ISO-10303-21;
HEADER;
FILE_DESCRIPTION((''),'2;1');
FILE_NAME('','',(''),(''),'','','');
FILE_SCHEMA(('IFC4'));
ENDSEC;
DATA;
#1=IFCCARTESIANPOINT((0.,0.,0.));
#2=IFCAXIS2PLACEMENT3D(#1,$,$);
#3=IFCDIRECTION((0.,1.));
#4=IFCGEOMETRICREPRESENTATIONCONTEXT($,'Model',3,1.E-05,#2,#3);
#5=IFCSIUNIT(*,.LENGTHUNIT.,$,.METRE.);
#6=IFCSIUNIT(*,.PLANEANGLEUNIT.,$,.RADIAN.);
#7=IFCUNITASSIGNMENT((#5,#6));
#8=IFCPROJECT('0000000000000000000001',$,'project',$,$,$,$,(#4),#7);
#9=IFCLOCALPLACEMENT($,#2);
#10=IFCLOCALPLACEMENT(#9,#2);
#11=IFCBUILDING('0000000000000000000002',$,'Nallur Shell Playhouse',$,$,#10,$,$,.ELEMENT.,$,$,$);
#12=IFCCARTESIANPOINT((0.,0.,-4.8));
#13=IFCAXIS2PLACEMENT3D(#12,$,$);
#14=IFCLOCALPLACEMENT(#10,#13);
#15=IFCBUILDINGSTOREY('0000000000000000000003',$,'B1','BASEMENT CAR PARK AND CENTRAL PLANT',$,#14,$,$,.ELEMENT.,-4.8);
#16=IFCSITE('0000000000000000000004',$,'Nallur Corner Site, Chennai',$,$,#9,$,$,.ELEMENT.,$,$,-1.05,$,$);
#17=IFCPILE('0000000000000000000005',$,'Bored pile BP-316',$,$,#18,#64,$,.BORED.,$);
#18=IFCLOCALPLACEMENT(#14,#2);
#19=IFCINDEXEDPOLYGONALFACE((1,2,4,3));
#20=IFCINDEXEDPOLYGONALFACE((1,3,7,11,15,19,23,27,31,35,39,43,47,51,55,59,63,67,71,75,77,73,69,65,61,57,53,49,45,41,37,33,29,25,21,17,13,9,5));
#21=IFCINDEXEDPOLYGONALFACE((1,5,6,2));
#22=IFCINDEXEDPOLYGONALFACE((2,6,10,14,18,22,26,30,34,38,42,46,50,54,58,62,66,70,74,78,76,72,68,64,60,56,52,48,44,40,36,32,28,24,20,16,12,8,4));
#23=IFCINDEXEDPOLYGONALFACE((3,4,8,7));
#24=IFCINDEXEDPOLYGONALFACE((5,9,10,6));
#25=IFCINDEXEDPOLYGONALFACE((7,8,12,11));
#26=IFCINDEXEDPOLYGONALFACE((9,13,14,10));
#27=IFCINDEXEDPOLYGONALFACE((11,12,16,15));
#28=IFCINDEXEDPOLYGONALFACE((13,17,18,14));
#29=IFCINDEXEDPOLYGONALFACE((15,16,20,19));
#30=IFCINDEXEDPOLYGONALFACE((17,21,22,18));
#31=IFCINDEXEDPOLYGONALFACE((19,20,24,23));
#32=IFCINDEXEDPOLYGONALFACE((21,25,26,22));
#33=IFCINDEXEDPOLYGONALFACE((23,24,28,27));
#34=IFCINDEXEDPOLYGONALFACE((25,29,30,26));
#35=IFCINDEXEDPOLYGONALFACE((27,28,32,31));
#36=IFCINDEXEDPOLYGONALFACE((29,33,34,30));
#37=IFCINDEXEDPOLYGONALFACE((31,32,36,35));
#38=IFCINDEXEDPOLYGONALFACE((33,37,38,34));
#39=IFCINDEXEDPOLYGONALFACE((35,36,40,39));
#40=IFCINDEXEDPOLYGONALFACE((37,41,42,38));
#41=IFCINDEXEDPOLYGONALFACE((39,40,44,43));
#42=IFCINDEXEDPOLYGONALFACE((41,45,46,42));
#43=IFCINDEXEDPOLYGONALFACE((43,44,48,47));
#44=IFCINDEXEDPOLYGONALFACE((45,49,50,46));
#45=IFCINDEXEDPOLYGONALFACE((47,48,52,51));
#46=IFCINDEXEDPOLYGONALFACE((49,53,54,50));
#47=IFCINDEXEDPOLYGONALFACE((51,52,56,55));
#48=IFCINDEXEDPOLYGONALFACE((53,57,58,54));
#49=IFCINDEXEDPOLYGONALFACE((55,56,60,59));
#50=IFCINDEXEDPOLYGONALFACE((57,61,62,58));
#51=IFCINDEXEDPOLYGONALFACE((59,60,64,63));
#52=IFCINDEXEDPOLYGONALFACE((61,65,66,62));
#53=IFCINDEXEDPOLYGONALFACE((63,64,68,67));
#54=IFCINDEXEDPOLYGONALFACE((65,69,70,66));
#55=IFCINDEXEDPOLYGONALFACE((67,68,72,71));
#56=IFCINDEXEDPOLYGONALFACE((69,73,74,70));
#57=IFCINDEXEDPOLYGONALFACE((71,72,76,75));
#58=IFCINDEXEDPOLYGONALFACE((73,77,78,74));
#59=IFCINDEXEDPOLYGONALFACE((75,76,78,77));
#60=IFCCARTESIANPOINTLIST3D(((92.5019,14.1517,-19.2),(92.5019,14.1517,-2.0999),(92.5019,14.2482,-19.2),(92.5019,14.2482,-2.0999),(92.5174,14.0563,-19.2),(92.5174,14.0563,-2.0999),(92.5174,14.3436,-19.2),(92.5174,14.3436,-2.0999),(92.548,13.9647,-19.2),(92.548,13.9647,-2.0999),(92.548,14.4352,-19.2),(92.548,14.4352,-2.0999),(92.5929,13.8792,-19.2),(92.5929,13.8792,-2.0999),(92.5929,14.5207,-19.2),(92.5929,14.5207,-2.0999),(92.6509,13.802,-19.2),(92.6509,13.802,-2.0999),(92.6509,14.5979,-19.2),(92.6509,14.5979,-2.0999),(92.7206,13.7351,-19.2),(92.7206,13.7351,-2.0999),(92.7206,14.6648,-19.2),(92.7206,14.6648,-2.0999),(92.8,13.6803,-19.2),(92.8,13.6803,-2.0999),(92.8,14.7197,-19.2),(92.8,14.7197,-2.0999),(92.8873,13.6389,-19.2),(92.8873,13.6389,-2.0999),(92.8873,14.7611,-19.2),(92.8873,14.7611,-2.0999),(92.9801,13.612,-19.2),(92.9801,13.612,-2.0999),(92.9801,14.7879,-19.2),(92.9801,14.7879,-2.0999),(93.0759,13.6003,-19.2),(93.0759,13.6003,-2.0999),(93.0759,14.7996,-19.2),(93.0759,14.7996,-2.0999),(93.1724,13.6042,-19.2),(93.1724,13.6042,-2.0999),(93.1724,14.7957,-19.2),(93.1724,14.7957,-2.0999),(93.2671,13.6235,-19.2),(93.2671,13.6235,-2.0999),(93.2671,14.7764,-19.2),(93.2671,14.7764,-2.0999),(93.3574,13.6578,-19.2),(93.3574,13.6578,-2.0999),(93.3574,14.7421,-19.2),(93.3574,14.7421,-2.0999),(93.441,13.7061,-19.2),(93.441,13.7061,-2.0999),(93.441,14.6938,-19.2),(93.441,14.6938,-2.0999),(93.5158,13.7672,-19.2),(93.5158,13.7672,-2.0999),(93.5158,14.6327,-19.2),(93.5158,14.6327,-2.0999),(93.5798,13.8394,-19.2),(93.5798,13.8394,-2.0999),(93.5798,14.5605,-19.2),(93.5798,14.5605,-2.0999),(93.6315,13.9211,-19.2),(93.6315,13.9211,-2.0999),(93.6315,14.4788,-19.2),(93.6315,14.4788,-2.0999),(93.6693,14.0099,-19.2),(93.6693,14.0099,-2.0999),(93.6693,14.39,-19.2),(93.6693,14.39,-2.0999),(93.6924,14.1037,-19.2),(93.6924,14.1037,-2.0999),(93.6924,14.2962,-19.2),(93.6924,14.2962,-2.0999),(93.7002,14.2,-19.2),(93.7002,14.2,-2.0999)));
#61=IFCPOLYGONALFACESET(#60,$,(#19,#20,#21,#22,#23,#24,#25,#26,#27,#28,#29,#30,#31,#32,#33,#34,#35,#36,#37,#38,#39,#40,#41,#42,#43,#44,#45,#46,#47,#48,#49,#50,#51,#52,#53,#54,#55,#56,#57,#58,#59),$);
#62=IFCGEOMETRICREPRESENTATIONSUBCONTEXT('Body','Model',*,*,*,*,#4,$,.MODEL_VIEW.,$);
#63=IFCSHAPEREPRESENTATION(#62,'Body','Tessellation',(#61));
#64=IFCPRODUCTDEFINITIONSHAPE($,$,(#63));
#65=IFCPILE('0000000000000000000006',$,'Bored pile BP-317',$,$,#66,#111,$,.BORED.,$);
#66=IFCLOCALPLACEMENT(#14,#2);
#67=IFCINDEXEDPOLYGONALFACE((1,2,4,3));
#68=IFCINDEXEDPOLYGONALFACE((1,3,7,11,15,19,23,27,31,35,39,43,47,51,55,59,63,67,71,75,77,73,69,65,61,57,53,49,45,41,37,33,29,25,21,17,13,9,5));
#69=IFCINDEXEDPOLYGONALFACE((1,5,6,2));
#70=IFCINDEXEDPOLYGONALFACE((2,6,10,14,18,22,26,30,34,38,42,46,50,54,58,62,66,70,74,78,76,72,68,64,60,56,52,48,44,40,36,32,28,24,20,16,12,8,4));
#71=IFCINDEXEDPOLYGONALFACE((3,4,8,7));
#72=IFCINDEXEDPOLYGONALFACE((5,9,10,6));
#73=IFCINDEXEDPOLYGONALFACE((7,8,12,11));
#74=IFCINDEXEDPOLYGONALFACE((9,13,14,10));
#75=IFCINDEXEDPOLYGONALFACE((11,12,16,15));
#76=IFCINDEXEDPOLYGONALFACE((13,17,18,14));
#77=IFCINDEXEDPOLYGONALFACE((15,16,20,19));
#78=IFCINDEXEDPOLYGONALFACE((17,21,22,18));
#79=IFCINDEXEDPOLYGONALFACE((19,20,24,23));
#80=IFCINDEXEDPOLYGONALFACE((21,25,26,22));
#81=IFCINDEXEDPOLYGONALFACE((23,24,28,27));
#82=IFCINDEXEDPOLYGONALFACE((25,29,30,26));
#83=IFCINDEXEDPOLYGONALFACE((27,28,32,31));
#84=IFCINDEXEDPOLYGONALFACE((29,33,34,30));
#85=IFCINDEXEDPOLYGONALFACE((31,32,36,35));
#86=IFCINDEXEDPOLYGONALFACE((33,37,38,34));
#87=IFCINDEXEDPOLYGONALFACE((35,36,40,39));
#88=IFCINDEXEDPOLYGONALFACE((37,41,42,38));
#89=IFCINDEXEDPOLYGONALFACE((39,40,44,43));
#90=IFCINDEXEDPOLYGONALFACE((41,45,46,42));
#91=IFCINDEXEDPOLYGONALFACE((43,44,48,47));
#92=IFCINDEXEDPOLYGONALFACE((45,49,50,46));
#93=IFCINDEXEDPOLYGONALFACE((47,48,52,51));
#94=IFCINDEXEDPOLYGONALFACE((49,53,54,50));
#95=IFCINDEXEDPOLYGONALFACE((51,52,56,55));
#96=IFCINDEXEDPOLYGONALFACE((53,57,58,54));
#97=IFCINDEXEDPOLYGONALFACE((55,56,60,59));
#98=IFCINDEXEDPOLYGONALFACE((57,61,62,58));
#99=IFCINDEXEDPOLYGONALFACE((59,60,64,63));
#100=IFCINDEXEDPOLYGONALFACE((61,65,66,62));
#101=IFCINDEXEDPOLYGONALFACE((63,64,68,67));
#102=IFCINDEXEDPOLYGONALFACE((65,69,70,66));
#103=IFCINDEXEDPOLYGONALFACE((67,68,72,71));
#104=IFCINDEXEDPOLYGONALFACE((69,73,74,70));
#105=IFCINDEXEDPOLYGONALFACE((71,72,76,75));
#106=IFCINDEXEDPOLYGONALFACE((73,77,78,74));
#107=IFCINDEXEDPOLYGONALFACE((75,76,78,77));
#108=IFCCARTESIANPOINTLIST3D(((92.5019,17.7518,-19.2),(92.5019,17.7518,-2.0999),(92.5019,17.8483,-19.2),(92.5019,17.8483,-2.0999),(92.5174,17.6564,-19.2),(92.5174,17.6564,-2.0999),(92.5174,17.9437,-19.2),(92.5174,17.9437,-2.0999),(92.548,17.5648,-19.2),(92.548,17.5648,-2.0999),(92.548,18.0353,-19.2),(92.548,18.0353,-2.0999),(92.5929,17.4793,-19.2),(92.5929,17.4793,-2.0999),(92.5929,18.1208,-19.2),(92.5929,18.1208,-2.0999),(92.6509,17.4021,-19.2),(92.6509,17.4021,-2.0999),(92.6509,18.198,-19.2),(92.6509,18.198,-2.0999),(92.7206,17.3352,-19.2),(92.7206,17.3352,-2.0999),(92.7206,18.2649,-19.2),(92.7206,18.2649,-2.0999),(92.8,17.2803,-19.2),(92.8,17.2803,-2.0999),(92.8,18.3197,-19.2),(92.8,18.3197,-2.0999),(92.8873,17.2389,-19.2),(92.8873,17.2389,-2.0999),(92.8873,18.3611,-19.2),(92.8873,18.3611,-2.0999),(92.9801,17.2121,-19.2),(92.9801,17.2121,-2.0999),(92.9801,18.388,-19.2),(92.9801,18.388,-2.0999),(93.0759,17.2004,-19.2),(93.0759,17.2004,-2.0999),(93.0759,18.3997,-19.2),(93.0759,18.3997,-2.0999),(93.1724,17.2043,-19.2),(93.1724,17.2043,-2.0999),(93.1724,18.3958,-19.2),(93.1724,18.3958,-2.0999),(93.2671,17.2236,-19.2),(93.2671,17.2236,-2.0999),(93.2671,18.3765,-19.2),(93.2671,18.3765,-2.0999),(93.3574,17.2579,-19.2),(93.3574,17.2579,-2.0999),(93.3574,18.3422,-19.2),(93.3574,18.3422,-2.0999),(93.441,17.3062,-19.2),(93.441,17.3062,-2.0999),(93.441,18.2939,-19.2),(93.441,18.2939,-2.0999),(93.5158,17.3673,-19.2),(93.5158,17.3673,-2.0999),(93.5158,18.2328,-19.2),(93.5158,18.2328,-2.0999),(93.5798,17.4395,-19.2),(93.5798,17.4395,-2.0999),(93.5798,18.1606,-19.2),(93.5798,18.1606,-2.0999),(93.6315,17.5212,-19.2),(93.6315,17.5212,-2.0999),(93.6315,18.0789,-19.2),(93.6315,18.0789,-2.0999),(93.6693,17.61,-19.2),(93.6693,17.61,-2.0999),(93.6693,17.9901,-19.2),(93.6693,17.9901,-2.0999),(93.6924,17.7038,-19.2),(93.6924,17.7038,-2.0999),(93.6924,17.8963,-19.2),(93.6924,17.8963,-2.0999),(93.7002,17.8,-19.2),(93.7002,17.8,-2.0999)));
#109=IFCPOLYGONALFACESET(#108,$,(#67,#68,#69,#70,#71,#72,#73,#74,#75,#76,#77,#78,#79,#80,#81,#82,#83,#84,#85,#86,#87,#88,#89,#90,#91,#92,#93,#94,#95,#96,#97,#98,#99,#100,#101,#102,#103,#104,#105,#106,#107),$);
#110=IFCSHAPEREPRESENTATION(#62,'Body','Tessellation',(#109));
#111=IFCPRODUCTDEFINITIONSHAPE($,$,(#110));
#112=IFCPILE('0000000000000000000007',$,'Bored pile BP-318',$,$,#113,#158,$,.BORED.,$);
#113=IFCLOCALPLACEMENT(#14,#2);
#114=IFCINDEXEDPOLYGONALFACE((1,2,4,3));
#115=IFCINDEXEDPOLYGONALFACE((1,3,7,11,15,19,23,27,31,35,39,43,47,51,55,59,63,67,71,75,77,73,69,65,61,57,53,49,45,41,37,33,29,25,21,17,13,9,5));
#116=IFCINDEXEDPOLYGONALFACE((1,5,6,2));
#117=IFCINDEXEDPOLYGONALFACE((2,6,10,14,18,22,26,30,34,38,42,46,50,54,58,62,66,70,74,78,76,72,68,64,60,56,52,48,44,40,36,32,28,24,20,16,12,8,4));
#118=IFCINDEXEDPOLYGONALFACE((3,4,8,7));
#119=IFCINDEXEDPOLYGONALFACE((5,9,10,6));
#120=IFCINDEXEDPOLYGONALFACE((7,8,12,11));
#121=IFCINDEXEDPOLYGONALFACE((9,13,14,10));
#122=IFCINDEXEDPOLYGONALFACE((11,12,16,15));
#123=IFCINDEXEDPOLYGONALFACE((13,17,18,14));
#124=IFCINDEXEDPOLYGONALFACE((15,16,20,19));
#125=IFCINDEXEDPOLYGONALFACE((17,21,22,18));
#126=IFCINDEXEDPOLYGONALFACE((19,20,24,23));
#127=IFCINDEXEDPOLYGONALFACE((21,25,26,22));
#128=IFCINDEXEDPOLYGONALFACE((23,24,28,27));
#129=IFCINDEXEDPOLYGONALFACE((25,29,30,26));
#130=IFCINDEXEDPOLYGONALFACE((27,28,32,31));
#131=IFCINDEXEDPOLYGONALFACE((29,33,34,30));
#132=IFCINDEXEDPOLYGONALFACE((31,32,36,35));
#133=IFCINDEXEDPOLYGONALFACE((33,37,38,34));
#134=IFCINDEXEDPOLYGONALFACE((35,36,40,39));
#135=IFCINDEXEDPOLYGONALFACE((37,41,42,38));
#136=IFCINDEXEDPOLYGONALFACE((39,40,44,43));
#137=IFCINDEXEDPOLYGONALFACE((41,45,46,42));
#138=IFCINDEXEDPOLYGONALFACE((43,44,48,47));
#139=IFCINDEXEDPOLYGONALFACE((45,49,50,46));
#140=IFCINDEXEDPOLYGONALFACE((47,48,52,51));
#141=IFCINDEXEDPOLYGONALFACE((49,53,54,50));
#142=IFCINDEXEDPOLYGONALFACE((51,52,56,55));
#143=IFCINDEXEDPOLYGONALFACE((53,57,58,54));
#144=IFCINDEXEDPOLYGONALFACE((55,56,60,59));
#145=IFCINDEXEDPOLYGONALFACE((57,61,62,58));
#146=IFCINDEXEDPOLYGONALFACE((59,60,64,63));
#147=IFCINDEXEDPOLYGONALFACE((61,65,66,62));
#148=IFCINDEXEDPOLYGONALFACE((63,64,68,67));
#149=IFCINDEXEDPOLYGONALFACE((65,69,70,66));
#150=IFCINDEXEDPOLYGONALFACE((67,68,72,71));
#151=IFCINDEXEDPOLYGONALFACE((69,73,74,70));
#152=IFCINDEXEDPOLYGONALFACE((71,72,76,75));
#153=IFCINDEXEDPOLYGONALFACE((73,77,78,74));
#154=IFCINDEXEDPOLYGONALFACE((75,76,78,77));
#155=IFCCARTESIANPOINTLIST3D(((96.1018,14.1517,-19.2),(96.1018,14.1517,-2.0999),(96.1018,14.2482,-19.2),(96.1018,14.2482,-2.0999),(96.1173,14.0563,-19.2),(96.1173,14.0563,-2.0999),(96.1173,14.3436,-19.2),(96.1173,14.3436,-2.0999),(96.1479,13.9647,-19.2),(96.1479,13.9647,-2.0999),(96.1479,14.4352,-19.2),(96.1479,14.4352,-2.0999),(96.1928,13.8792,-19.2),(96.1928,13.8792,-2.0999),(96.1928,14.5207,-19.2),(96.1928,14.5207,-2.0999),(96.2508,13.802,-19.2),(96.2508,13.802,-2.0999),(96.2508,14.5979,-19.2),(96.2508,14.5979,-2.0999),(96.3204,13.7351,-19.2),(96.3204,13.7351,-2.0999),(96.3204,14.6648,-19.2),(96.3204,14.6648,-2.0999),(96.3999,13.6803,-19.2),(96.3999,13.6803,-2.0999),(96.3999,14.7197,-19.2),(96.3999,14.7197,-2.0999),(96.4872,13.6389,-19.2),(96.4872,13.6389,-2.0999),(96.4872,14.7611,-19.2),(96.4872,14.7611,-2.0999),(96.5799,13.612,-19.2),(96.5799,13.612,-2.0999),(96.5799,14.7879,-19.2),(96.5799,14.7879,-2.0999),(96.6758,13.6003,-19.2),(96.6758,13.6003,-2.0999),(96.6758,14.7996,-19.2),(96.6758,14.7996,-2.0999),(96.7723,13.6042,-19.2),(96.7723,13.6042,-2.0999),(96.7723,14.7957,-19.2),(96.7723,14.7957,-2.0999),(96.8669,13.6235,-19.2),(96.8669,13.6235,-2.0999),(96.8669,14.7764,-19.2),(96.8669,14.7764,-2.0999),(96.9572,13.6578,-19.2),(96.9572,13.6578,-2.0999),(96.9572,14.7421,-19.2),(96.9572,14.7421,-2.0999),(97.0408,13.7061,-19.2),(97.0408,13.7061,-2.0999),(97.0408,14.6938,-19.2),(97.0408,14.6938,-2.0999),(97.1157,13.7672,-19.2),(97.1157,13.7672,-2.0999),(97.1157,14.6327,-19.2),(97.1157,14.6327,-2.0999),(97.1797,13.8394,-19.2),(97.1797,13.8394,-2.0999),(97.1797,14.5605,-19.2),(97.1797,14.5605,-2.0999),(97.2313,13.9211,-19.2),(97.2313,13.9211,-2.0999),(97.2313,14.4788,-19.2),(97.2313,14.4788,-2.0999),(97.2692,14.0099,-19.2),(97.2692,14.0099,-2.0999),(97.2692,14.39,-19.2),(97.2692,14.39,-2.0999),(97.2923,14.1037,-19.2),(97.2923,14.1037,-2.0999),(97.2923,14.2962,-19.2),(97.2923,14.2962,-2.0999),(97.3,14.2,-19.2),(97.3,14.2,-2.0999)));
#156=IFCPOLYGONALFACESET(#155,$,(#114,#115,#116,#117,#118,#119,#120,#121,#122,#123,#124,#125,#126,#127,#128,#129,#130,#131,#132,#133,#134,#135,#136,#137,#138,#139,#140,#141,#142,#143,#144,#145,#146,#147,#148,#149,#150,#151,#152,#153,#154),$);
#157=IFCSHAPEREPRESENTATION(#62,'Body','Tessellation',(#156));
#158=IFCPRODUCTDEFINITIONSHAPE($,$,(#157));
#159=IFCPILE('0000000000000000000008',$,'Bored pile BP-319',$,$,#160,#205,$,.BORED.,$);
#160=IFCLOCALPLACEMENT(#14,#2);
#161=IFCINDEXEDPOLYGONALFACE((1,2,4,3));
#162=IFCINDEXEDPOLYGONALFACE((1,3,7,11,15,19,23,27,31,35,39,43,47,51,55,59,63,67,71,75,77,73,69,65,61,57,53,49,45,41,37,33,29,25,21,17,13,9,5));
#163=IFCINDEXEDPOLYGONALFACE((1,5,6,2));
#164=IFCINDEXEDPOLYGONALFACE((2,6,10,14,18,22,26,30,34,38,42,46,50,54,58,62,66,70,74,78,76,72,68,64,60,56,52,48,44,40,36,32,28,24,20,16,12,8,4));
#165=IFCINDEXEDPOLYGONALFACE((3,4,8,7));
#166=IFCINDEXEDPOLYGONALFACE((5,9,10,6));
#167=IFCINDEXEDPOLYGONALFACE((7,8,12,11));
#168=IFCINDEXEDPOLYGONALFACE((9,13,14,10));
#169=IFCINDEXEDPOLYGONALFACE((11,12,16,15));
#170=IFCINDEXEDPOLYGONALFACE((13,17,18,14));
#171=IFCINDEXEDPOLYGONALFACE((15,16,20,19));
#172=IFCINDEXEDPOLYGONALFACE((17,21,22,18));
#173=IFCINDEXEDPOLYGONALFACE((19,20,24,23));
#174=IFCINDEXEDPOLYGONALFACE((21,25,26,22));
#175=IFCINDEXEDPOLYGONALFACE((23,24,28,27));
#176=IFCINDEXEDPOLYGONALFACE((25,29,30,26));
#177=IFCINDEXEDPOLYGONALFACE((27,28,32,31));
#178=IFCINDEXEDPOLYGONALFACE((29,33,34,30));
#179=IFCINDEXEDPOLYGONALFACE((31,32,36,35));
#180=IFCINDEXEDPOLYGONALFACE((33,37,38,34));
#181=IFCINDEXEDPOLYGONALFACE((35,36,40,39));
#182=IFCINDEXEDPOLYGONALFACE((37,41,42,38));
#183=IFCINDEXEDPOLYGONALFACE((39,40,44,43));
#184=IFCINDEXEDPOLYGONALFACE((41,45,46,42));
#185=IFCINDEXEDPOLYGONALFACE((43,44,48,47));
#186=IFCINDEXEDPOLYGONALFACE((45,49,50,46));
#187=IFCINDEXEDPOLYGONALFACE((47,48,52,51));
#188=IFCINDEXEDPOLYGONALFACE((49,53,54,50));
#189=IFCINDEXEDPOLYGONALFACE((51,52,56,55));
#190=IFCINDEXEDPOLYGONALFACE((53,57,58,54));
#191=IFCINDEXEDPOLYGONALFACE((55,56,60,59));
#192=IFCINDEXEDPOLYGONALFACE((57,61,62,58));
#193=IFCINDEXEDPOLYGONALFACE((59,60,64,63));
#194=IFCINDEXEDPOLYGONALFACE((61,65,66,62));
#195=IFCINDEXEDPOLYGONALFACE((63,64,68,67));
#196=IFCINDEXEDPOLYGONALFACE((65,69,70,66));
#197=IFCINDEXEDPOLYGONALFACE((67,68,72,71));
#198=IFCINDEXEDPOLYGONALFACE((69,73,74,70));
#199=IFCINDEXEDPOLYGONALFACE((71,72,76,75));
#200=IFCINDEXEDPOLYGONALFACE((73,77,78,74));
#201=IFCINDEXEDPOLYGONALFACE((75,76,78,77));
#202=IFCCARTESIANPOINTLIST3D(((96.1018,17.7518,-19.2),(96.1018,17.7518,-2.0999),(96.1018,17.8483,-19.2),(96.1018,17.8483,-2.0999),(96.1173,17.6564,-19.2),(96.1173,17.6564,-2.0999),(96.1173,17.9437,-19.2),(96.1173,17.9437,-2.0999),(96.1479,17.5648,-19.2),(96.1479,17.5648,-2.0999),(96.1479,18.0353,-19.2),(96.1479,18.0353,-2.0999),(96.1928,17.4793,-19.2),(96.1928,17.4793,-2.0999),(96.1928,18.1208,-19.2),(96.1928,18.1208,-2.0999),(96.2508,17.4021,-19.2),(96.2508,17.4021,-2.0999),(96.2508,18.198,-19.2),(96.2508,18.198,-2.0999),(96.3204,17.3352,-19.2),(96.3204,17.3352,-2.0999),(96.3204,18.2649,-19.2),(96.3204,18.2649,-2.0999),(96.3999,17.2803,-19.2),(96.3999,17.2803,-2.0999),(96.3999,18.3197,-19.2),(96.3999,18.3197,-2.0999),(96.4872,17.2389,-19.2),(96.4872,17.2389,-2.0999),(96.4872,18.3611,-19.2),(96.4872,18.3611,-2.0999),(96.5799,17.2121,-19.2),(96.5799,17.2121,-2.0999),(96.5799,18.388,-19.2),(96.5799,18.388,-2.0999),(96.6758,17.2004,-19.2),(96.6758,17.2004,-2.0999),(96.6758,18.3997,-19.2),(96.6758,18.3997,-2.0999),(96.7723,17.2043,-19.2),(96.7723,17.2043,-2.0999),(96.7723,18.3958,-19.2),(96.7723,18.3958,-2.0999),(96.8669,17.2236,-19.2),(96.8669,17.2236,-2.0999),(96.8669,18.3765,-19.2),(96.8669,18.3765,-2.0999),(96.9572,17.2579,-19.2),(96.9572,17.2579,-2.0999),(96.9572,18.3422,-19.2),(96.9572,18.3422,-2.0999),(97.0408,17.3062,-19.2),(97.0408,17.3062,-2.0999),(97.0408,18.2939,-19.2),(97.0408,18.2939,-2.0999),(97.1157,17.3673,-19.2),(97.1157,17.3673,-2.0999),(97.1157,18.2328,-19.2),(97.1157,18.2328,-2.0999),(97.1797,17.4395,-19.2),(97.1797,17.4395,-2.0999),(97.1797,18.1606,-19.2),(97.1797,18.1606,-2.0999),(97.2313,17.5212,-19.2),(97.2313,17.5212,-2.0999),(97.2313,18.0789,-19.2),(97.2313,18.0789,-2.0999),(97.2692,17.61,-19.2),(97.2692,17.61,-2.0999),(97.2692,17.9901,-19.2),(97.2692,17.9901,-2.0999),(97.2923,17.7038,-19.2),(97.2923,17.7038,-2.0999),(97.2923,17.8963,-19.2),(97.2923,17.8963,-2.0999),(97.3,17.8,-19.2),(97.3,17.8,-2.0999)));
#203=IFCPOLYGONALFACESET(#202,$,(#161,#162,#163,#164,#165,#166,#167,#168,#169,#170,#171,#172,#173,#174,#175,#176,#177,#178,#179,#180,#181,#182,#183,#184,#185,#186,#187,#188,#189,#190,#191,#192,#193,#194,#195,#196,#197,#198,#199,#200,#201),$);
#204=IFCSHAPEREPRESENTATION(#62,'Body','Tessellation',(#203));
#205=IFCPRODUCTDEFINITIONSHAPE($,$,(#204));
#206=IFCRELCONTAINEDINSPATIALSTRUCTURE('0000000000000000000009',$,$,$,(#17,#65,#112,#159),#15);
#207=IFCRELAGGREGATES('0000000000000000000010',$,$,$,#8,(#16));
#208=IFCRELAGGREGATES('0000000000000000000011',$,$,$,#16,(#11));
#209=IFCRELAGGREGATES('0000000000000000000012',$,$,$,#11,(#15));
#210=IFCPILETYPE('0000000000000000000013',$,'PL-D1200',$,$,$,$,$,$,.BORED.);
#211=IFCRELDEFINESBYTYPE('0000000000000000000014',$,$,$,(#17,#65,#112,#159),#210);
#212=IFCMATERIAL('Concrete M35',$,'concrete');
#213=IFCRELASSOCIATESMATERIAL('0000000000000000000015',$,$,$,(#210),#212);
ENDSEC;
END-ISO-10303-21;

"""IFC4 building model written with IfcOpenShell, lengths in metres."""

from ifc_helpers import new_model, si_unit, direction, frame, origin, origin_2d, place, context, subcontext, project, spatial, circle, extrude, material, material_profile, profile_set, type_object, element, save


model = new_model("IFC4")

# Units and contexts
model_context = context("Model", 3, precision=1e-05, world=origin(), true_north=direction((0.0, 1.0)))
body_context = subcontext(model_context, "Body", "Model", "MODEL_VIEW")
ifc_project = project(units=[si_unit("LENGTHUNIT", "METRE"), si_unit("PLANEANGLEUNIT", "RADIAN")], contexts=[model_context])

# Site, building, storey
site_placement = place(None, origin())
site = spatial("IfcSite", under=ifc_project, at=site_placement, Name="Nallur Corner Site, Chennai", CompositionType="ELEMENT", RefElevation=-1.05)
building_placement = place(site_placement, origin())
building = spatial("IfcBuilding", under=site, at=building_placement, Name="Nallur Shell Playhouse", CompositionType="ELEMENT")
storey_placement = place(building_placement, frame((0.0, 0.0, -4.8)))
storey = spatial("IfcBuildingStorey", under=building, at=storey_placement, Name="B1", Description="BASEMENT CAR PARK AND CENTRAL PLANT", CompositionType="ELEMENT", Elevation=-4.8)

# Shared definitions
ifc_material_1 = material(Name="Concrete M35", Category="concrete")

# Piles
ifc_material_profile_1 = material_profile(ifc_material_1, circle(Radius=0.6001, at=origin_2d()), Name="BORED PILE D1200")
ifc_profile_set_1 = profile_set([ifc_material_profile_1], Name="Concrete M35")
pile_type_1 = type_object("IfcPileType", Name="PL-D1200", PredefinedType="BORED", material=ifc_profile_set_1)
for number, where, z_axis, x_axis, name in (
    (1, (93.1001, 14.2, -2.0999), (0.0, 0.0, -1.0), (1.0, 0.0, 0.0), "Bored pile BP-316"),
    (2, (93.1001, 17.8, -2.0999), (0.0, 0.0, -1.0), (1.0, 0.0, 0.0), "Bored pile BP-317"),
    (3, (96.7, 14.2, -2.0999), (0.0, 0.0, -1.0), (1.0, 0.0, 0.0), "Bored pile BP-318"),
    (4, (96.7, 17.8, -2.0999), (0.0, 0.0, -1.0), (1.0, 0.0, 0.0), "Bored pile BP-319"),
):
    element("IfcPile", number, at=place(storey_placement, frame(where, z_axis=z_axis, x_axis=x_axis)), inside=storey, type_object=pile_type_1, Name=name, PredefinedType="BORED", context=body_context, shape_type="SweptSolid", body=[
        extrude(circle(Radius=0.6001, at=origin_2d()), origin(), (0.0, 0.0, 1.0), 17.1001),
    ])

save(model, "model.ifc")
